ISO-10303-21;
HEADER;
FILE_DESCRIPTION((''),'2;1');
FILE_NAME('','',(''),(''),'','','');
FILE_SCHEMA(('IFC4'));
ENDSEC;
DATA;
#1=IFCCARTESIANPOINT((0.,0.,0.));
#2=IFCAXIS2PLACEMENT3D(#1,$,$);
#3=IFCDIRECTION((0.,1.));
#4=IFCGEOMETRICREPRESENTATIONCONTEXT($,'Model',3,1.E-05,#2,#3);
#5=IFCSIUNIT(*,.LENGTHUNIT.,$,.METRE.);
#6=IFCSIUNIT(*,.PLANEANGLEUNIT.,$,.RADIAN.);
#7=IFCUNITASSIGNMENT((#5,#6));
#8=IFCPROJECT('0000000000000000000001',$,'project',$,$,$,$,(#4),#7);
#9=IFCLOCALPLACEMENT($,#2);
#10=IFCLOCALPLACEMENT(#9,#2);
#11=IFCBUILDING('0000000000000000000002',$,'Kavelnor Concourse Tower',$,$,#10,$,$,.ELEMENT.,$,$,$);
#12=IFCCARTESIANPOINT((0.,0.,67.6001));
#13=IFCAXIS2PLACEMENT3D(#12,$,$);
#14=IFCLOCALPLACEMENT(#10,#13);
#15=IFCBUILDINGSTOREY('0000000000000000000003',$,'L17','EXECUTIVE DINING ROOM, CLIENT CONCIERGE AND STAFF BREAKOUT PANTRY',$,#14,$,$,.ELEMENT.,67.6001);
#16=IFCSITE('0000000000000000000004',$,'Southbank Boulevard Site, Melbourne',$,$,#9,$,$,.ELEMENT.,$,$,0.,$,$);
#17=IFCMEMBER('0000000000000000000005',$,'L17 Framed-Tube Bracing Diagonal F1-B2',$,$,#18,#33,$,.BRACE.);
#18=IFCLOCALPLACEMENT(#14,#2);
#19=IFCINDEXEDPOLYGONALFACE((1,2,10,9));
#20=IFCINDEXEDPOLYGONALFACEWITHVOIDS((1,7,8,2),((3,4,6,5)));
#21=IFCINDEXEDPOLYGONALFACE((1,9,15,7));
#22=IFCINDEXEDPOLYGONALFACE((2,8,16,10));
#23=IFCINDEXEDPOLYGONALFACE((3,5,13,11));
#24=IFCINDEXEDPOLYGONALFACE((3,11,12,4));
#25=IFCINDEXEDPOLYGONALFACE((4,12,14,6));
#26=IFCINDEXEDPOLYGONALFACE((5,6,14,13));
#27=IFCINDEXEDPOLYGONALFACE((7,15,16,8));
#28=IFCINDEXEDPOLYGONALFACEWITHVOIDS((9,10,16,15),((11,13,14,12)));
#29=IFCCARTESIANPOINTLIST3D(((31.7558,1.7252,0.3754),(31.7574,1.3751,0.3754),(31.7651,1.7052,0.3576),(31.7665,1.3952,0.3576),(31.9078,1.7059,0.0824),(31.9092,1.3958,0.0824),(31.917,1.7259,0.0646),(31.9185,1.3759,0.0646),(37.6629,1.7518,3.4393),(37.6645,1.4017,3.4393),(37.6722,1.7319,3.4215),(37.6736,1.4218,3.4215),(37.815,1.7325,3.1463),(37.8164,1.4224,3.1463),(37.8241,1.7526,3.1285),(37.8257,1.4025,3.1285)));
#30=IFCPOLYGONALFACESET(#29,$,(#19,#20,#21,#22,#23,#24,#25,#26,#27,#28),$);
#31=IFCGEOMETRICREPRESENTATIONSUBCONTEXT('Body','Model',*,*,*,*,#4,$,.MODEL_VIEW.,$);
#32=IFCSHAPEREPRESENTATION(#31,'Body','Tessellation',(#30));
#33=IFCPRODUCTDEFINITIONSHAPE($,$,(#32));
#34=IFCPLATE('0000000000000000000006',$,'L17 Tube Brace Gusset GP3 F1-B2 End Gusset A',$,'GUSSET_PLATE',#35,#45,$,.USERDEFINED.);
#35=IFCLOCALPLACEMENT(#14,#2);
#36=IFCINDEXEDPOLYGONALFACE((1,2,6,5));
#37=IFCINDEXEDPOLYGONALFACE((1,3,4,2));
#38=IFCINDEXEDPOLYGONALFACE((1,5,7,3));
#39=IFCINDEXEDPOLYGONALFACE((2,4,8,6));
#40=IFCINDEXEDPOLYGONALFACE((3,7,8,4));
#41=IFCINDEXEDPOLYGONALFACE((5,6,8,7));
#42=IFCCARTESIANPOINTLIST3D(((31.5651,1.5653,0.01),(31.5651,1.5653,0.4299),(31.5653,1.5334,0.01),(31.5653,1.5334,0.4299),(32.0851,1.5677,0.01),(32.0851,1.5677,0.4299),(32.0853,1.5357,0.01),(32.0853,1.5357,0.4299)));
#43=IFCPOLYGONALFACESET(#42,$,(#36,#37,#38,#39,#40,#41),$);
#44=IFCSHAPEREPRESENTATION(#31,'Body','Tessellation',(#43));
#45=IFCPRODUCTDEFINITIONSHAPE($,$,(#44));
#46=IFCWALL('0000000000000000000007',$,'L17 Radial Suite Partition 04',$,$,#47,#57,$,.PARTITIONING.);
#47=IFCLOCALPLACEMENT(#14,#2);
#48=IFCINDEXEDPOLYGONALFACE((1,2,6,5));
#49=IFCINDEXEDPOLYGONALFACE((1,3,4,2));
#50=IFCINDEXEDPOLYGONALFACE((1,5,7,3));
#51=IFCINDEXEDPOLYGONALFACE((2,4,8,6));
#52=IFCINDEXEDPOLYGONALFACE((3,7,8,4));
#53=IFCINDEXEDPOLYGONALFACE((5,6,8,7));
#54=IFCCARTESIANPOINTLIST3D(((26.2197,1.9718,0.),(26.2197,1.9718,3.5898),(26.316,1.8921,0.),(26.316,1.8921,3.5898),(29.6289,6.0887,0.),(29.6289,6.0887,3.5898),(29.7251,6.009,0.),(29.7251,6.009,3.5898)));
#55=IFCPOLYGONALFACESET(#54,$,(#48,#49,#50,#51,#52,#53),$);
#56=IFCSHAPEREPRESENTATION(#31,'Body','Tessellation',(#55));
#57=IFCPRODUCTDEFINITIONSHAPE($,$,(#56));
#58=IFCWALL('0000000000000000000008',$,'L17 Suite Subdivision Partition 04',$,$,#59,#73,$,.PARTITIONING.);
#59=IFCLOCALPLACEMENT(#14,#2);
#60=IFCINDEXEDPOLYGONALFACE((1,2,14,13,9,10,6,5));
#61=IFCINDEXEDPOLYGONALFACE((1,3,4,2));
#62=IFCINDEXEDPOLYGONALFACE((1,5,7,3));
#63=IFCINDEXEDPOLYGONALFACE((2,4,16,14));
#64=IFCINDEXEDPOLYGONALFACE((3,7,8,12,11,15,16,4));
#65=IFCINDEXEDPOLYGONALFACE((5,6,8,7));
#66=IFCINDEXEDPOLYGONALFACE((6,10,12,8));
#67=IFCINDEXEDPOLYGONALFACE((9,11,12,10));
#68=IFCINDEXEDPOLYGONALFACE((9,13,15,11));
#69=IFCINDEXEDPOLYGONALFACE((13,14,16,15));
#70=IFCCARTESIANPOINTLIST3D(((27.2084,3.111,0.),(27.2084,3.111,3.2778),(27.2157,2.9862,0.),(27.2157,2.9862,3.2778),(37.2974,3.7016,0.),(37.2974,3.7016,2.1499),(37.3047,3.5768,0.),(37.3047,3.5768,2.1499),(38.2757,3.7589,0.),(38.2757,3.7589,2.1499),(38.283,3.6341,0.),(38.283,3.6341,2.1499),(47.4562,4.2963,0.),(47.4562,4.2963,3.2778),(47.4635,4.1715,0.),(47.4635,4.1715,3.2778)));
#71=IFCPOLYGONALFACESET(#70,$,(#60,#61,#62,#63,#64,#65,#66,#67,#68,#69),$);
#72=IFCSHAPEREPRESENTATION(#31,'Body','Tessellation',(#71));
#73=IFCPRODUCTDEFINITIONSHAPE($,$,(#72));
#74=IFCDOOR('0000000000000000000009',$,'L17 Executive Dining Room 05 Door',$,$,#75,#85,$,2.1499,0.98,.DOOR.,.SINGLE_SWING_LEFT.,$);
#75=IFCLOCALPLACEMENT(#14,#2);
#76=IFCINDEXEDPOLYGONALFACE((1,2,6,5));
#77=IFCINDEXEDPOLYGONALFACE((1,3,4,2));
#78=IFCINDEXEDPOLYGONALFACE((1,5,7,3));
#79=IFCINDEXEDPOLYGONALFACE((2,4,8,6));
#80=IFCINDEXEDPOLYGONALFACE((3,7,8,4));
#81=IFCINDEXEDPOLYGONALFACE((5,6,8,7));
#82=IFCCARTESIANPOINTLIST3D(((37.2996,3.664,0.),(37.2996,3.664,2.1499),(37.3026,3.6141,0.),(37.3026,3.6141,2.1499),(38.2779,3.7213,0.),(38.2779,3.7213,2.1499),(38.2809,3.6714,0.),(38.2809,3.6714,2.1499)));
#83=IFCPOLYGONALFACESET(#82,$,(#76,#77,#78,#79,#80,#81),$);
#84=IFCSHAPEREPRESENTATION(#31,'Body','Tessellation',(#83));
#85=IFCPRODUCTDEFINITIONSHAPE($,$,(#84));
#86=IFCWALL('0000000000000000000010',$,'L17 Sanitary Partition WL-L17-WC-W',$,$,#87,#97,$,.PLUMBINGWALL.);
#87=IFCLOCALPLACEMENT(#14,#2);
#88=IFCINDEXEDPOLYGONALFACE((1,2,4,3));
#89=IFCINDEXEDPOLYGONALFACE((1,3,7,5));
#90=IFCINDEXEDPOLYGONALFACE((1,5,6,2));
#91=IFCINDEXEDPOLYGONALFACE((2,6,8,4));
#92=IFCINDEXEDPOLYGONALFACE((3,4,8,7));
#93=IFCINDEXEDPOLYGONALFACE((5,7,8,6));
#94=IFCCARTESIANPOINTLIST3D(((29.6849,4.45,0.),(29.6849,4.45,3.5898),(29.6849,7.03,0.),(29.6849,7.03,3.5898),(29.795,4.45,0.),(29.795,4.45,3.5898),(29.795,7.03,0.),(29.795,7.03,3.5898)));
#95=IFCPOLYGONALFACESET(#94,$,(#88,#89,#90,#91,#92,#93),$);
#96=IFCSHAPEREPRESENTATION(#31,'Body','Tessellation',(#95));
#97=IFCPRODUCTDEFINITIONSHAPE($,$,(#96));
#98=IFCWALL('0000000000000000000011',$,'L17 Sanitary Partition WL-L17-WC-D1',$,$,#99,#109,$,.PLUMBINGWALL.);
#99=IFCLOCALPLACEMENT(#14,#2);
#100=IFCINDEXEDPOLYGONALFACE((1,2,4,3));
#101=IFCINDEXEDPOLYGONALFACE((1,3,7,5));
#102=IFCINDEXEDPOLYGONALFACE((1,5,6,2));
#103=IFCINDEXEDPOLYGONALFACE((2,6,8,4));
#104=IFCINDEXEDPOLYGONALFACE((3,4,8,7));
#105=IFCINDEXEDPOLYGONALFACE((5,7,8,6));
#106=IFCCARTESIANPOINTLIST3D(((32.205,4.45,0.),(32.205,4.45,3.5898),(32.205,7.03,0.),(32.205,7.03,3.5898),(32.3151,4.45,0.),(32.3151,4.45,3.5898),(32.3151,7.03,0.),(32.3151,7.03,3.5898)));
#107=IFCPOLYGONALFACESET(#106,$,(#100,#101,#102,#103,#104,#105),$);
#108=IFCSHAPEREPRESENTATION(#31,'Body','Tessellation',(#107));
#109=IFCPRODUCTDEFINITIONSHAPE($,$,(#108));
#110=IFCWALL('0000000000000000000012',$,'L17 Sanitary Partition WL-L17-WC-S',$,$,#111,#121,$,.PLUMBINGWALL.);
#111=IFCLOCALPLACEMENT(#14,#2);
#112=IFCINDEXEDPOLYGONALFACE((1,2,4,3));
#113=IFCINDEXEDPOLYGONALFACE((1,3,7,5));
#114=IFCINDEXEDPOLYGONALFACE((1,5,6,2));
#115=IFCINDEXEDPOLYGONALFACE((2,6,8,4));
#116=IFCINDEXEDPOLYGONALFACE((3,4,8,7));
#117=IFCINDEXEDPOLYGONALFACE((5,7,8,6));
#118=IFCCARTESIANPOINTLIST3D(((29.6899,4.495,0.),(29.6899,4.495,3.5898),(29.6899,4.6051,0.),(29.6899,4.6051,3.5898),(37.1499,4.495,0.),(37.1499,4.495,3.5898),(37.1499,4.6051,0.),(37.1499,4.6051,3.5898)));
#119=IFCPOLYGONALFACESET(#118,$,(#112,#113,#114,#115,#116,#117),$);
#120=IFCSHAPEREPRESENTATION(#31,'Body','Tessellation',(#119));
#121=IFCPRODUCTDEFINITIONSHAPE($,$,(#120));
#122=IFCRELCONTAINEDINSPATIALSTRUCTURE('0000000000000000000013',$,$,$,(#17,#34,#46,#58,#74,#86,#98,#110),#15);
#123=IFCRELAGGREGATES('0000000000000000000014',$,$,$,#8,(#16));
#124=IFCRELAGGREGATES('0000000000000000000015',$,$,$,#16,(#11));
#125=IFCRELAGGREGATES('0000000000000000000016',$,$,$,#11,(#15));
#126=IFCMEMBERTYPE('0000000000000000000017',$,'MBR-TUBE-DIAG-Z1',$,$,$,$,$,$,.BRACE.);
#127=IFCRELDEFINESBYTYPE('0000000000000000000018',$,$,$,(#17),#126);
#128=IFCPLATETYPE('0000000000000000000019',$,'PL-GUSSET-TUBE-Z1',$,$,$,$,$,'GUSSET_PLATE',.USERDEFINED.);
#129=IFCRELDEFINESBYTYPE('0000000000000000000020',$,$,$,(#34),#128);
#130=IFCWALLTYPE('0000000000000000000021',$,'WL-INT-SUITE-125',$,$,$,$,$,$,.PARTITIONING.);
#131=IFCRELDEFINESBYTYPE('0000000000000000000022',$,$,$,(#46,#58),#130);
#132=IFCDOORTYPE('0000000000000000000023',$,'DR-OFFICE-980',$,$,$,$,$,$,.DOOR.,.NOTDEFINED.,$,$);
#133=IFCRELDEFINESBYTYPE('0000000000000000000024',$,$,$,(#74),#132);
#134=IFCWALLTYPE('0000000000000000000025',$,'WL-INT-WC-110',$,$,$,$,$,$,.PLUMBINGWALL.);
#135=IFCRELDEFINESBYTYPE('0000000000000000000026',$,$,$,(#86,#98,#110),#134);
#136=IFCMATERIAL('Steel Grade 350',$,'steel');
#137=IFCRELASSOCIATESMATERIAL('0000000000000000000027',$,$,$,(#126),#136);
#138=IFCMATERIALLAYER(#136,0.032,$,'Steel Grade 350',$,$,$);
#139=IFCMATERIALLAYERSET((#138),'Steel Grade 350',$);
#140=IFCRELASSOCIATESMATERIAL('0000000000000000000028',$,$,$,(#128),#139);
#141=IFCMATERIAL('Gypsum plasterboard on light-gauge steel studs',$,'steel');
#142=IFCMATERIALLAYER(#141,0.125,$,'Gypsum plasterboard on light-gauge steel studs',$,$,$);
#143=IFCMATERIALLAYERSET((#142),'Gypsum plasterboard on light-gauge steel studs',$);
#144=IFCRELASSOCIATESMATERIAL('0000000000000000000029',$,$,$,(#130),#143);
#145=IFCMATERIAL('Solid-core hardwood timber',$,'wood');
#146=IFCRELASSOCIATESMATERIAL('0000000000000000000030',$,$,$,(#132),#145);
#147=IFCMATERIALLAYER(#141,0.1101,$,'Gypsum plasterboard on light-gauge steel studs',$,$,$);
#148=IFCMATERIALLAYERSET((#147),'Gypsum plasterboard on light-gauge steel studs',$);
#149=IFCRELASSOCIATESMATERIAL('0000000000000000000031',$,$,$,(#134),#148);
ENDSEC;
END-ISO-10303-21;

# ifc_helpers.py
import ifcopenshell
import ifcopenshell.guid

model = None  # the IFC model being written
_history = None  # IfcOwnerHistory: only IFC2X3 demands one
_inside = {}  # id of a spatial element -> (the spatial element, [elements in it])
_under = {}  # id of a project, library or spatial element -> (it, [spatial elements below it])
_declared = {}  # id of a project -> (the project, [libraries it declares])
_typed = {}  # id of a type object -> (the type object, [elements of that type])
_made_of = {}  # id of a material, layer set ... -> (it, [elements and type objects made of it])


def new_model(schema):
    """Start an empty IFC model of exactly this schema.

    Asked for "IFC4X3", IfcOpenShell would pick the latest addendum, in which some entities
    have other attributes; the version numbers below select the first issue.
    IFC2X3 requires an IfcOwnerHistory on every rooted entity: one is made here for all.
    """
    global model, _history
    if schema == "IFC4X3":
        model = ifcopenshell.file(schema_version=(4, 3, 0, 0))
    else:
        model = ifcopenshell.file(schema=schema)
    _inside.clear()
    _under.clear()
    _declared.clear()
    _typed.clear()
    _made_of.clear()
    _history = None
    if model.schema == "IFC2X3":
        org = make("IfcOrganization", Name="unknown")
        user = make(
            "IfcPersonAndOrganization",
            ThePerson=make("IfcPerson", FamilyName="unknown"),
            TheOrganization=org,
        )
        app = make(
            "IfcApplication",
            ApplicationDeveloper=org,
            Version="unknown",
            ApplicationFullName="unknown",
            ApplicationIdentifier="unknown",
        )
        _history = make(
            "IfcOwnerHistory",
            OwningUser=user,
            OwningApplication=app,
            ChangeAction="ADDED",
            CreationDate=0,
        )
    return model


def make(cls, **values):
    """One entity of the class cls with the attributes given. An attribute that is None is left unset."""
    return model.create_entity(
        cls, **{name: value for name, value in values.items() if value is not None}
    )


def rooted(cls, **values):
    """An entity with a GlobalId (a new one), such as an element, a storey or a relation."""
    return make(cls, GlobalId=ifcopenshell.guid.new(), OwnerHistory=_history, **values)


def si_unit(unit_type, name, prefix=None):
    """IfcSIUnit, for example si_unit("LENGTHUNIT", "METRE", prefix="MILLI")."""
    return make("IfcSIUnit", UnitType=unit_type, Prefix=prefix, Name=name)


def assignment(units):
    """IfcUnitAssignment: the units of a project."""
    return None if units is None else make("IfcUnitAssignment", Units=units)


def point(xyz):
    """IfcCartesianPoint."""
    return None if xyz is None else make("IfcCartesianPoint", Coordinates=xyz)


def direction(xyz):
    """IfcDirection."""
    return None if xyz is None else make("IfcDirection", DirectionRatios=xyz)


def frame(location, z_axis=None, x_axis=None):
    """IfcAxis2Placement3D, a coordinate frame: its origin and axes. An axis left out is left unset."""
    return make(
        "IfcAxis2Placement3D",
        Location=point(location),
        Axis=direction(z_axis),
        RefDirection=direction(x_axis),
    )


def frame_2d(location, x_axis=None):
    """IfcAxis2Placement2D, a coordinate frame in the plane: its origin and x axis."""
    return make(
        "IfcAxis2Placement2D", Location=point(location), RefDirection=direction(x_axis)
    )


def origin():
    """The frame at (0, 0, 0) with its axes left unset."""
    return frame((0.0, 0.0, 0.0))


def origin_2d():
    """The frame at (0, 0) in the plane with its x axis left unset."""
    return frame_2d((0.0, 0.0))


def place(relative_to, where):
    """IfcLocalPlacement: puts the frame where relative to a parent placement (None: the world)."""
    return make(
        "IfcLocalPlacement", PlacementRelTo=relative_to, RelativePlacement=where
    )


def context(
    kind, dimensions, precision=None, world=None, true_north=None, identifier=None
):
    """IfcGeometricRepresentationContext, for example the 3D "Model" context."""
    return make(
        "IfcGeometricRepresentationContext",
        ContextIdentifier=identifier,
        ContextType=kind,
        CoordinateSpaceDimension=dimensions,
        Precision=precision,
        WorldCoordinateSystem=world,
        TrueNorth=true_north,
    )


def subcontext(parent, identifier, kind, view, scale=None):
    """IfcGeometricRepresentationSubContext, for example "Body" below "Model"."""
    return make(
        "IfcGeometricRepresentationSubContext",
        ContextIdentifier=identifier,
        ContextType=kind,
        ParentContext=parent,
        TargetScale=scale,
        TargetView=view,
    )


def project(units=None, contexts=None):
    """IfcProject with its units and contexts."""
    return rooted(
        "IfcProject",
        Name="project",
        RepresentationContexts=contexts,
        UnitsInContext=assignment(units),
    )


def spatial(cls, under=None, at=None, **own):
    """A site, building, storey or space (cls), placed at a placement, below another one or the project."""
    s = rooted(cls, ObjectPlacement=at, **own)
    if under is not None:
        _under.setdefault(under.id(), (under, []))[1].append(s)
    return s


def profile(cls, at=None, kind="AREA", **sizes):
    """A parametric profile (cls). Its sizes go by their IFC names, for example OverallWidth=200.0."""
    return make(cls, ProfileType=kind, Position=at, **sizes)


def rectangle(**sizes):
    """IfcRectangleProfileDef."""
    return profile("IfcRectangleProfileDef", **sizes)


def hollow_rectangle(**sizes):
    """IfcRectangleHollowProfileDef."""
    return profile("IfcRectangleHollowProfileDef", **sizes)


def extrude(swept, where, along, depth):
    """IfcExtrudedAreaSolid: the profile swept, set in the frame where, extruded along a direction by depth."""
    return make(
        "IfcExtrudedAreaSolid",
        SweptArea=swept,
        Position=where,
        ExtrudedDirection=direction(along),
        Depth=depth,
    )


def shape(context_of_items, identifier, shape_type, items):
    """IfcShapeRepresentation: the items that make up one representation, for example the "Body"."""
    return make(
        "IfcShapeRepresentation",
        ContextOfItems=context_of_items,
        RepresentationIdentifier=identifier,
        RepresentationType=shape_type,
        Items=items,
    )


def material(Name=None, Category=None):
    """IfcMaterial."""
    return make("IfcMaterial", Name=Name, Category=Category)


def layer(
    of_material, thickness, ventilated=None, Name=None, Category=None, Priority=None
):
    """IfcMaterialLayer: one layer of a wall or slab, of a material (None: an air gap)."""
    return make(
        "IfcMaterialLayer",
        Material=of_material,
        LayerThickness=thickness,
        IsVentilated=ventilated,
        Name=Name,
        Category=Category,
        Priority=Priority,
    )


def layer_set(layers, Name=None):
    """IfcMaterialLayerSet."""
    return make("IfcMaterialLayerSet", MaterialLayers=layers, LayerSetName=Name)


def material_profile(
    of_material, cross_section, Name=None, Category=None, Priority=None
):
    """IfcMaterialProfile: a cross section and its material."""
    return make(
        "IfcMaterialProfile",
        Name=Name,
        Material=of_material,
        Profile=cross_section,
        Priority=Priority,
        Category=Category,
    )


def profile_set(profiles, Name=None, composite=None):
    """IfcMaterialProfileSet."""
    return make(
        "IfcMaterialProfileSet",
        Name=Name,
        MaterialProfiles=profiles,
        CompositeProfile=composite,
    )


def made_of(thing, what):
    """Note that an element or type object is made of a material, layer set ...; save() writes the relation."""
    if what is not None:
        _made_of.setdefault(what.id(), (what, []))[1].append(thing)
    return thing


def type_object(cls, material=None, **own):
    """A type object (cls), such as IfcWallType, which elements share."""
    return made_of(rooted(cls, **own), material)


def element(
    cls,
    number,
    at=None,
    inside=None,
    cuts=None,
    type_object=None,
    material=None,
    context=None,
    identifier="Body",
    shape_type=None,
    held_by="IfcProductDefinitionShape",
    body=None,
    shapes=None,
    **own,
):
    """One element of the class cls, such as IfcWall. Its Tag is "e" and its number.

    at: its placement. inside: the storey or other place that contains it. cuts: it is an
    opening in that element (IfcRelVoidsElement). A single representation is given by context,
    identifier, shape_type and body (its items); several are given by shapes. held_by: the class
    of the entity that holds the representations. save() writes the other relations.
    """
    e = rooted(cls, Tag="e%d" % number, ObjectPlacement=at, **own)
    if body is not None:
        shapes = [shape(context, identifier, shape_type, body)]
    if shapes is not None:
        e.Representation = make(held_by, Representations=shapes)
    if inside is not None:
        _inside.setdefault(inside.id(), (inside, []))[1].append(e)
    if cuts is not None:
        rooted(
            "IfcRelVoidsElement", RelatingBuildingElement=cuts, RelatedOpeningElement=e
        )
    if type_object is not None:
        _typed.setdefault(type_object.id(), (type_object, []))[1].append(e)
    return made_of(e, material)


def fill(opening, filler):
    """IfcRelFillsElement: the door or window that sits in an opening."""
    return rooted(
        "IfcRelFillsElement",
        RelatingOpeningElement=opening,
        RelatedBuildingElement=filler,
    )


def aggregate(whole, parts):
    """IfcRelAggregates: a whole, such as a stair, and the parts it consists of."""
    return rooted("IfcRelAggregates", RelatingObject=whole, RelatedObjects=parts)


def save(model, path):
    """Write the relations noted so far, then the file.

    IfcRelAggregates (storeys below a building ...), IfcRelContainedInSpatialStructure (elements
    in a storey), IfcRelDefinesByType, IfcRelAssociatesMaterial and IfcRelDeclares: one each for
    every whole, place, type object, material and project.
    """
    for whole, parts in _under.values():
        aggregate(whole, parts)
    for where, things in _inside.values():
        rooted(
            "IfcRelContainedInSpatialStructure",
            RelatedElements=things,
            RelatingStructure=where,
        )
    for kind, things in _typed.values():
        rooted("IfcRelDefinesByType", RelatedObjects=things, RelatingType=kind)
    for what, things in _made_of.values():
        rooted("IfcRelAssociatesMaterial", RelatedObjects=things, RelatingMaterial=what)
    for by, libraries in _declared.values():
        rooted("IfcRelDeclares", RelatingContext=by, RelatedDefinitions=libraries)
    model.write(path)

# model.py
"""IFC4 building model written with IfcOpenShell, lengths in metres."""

from ifc_helpers import new_model, si_unit, direction, frame, frame_2d, origin, origin_2d, place, context, subcontext, project, spatial, rectangle, hollow_rectangle, extrude, material, layer, layer_set, material_profile, profile_set, type_object, element, fill, save


model = new_model("IFC4")

# Units and contexts
model_context = context("Model", 3, precision=1e-05, world=origin(), true_north=direction((0.0, 1.0)))
body_context = subcontext(model_context, "Body", "Model", "MODEL_VIEW")
ifc_project = project(units=[si_unit("LENGTHUNIT", "METRE"), si_unit("PLANEANGLEUNIT", "RADIAN")], contexts=[model_context])

# Site, building, storey
site_placement = place(None, origin())
site = spatial("IfcSite", under=ifc_project, at=site_placement, Name="Southbank Boulevard Site, Melbourne", CompositionType="ELEMENT", RefElevation=0.0)
building_placement = place(site_placement, origin())
building = spatial("IfcBuilding", under=site, at=building_placement, Name="Kavelnor Concourse Tower", CompositionType="ELEMENT")
storey_placement = place(building_placement, frame((0.0, 0.0, 67.6001)))
storey = spatial("IfcBuildingStorey", under=building, at=storey_placement, Name="L17", Description="EXECUTIVE DINING ROOM, CLIENT CONCIERGE AND STAFF BREAKOUT PANTRY", CompositionType="ELEMENT", Elevation=67.6001)

# Shared definitions
ifc_material_1 = material(Name="Steel Grade 350", Category="steel")

# Member
ifc_material_profile_1 = material_profile(ifc_material_1, hollow_rectangle(XDim=0.3501, YDim=0.3501, WallThickness=0.02, at=origin_2d()), Name="SHS 350x350x20")
ifc_profile_set_1 = profile_set([ifc_material_profile_1], Name="Steel Grade 350")
member_type = type_object("IfcMemberType", Name="MBR-TUBE-DIAG-Z1", PredefinedType="BRACE", material=ifc_profile_set_1)
member_placement = place(storey_placement, frame((31.8372, 1.5505, 0.22), z_axis=(0.887689, 0.003999, 0.460427), x_axis=(-0.004505, 0.99999, 0.0)))
element("IfcMember", 1, at=member_placement, inside=storey, type_object=member_type, Name="L17 Framed-Tube Bracing Diagonal F1-B2", PredefinedType="BRACE", context=body_context, shape_type="SweptSolid", body=[
    extrude(hollow_rectangle(XDim=0.3501, YDim=0.3501, WallThickness=0.02, at=origin_2d()), origin(), (0.0, 0.0, 1.0), 6.6545),
])

# Plate
ifc_layer_1 = layer(ifc_material_1, 0.032, Name="Steel Grade 350")
ifc_layer_set_1 = layer_set([ifc_layer_1], Name="Steel Grade 350")
plate_type = type_object("IfcPlateType", Name="PL-GUSSET-TUBE-Z1", ElementType="GUSSET_PLATE", PredefinedType="USERDEFINED", material=ifc_layer_set_1)
plate_placement = place(storey_placement, frame((31.8252, 1.5505, 0.01), z_axis=(0.0, 0.0, 1.0), x_axis=(0.99999, 0.004538, 0.0)))
element("IfcPlate", 2, at=plate_placement, inside=storey, type_object=plate_type, Name="L17 Tube Brace Gusset GP3 F1-B2 End Gusset A", ObjectType="GUSSET_PLATE", PredefinedType="USERDEFINED", context=body_context, shape_type="SweptSolid", body=[
    extrude(rectangle(XDim=0.52, YDim=0.032, at=origin_2d()), origin(), (0.0, 0.0, 1.0), 0.4199),
])

# Wall
ifc_material_2 = material(Name="Gypsum plasterboard on light-gauge steel studs", Category="steel")
ifc_layer_2 = layer(ifc_material_2, 0.125, Name="Gypsum plasterboard on light-gauge steel studs")
ifc_layer_set_2 = layer_set([ifc_layer_2], Name="Gypsum plasterboard on light-gauge steel studs")
wall_type_1 = type_object("IfcWallType", Name="WL-INT-SUITE-125", PredefinedType="PARTITIONING", material=ifc_layer_set_2)
wall_1_placement = place(storey_placement, frame((29.677, 6.0488, 0.0), z_axis=(0.0, 0.0, 1.0), x_axis=(-0.637796, -0.770206, 0.0)))
element("IfcWall", 3, at=wall_1_placement, inside=storey, type_object=wall_type_1, Name="L17 Radial Suite Partition 04", PredefinedType="PARTITIONING", context=body_context, shape_type="SweptSolid", body=[
    extrude(rectangle(XDim=5.3452, YDim=0.125, at=frame_2d((2.6726, 0.0))), origin(), (0.0, 0.0, 1.0), 3.5898),
])

# Wall, opening, door
wall_2_placement = place(storey_placement, frame((27.2122, 3.0486, 0.0), z_axis=(0.0, 0.0, 1.0), x_axis=(0.998291, 0.05844, 0.0)))
wall_2 = element("IfcWall", 4, at=wall_2_placement, inside=storey, type_object=wall_type_1, Name="L17 Suite Subdivision Partition 04", PredefinedType="PARTITIONING", context=body_context, shape_type="SweptSolid", body=[
    extrude(rectangle(XDim=20.2825, YDim=0.125, at=frame_2d((10.1411, 0.0))), origin(), (0.0, 0.0, 1.0), 3.2778),
])
opening_placement = place(wall_2_placement, frame((10.1062, 0.0, 0.0)))
opening = element("IfcOpeningElement", 5, at=opening_placement, cuts=wall_2, PredefinedType="OPENING", context=body_context, shape_type="SweptSolid", body=[
    extrude(rectangle(XDim=0.98, YDim=2.1499, at=frame_2d((0.49, 1.075))), frame((0.0, 0.0725, 0.0), z_axis=(0.0, -1.0, 0.0), x_axis=(1.0, 0.0, 0.0)), (0.0, 0.0, 1.0), 0.145),
])
ifc_material_3 = material(Name="Solid-core hardwood timber", Category="wood")
door_type = type_object("IfcDoorType", Name="DR-OFFICE-980", OperationType="NOTDEFINED", PredefinedType="DOOR", material=ifc_material_3)
door_placement = place(opening_placement, origin())
door = element("IfcDoor", 6, at=door_placement, inside=storey, type_object=door_type, Name="L17 Executive Dining Room 05 Door", OperationType="SINGLE_SWING_LEFT", OverallHeight=2.1499, OverallWidth=0.98, PredefinedType="DOOR", context=body_context, shape_type="SweptSolid", body=[
    extrude(rectangle(XDim=0.98, YDim=2.1499, at=frame_2d((0.49, 1.075))), frame((0.0, 0.0249, 0.0), z_axis=(0.0, -1.0, 0.0), x_axis=(1.0, 0.0, 0.0)), (0.0, 0.0, 1.0), 0.05),
])
fill(opening, door)

# Walls
ifc_layer_3 = layer(ifc_material_2, 0.1101, Name="Gypsum plasterboard on light-gauge steel studs")
ifc_layer_set_3 = layer_set([ifc_layer_3], Name="Gypsum plasterboard on light-gauge steel studs")
wall_type_2 = type_object("IfcWallType", Name="WL-INT-WC-110", PredefinedType="PLUMBINGWALL", material=ifc_layer_set_3)
for number, where, z_axis, x_axis, name in (
    (7, (29.74, 4.45, 0.0), (0.0, 0.0, 1.0), (0.0, 1.0, 0.0), "L17 Sanitary Partition WL-L17-WC-W"),
    (8, (32.26, 4.45, 0.0), (0.0, 0.0, 1.0), (0.0, 1.0, 0.0), "L17 Sanitary Partition WL-L17-WC-D1"),
):
    element("IfcWall", number, at=place(storey_placement, frame(where, z_axis=z_axis, x_axis=x_axis)), inside=storey, type_object=wall_type_2, Name=name, PredefinedType="PLUMBINGWALL", context=body_context, shape_type="SweptSolid", body=[
        extrude(rectangle(XDim=2.5801, YDim=0.1101, at=frame_2d((1.29, 0.0))), origin(), (0.0, 0.0, 1.0), 3.5898),
    ])
wall_3_placement = place(storey_placement, frame((29.6899, 4.55, 0.0), z_axis=(0.0, 0.0, 1.0), x_axis=(1.0, 0.0, 0.0)))
element("IfcWall", 9, at=wall_3_placement, inside=storey, type_object=wall_type_2, Name="L17 Sanitary Partition WL-L17-WC-S", PredefinedType="PLUMBINGWALL", context=body_context, shape_type="SweptSolid", body=[
    extrude(rectangle(XDim=7.46, YDim=0.1101, at=frame_2d((3.73, 0.0))), origin(), (0.0, 0.0, 1.0), 3.5898),
])

save(model, "model.ifc")
